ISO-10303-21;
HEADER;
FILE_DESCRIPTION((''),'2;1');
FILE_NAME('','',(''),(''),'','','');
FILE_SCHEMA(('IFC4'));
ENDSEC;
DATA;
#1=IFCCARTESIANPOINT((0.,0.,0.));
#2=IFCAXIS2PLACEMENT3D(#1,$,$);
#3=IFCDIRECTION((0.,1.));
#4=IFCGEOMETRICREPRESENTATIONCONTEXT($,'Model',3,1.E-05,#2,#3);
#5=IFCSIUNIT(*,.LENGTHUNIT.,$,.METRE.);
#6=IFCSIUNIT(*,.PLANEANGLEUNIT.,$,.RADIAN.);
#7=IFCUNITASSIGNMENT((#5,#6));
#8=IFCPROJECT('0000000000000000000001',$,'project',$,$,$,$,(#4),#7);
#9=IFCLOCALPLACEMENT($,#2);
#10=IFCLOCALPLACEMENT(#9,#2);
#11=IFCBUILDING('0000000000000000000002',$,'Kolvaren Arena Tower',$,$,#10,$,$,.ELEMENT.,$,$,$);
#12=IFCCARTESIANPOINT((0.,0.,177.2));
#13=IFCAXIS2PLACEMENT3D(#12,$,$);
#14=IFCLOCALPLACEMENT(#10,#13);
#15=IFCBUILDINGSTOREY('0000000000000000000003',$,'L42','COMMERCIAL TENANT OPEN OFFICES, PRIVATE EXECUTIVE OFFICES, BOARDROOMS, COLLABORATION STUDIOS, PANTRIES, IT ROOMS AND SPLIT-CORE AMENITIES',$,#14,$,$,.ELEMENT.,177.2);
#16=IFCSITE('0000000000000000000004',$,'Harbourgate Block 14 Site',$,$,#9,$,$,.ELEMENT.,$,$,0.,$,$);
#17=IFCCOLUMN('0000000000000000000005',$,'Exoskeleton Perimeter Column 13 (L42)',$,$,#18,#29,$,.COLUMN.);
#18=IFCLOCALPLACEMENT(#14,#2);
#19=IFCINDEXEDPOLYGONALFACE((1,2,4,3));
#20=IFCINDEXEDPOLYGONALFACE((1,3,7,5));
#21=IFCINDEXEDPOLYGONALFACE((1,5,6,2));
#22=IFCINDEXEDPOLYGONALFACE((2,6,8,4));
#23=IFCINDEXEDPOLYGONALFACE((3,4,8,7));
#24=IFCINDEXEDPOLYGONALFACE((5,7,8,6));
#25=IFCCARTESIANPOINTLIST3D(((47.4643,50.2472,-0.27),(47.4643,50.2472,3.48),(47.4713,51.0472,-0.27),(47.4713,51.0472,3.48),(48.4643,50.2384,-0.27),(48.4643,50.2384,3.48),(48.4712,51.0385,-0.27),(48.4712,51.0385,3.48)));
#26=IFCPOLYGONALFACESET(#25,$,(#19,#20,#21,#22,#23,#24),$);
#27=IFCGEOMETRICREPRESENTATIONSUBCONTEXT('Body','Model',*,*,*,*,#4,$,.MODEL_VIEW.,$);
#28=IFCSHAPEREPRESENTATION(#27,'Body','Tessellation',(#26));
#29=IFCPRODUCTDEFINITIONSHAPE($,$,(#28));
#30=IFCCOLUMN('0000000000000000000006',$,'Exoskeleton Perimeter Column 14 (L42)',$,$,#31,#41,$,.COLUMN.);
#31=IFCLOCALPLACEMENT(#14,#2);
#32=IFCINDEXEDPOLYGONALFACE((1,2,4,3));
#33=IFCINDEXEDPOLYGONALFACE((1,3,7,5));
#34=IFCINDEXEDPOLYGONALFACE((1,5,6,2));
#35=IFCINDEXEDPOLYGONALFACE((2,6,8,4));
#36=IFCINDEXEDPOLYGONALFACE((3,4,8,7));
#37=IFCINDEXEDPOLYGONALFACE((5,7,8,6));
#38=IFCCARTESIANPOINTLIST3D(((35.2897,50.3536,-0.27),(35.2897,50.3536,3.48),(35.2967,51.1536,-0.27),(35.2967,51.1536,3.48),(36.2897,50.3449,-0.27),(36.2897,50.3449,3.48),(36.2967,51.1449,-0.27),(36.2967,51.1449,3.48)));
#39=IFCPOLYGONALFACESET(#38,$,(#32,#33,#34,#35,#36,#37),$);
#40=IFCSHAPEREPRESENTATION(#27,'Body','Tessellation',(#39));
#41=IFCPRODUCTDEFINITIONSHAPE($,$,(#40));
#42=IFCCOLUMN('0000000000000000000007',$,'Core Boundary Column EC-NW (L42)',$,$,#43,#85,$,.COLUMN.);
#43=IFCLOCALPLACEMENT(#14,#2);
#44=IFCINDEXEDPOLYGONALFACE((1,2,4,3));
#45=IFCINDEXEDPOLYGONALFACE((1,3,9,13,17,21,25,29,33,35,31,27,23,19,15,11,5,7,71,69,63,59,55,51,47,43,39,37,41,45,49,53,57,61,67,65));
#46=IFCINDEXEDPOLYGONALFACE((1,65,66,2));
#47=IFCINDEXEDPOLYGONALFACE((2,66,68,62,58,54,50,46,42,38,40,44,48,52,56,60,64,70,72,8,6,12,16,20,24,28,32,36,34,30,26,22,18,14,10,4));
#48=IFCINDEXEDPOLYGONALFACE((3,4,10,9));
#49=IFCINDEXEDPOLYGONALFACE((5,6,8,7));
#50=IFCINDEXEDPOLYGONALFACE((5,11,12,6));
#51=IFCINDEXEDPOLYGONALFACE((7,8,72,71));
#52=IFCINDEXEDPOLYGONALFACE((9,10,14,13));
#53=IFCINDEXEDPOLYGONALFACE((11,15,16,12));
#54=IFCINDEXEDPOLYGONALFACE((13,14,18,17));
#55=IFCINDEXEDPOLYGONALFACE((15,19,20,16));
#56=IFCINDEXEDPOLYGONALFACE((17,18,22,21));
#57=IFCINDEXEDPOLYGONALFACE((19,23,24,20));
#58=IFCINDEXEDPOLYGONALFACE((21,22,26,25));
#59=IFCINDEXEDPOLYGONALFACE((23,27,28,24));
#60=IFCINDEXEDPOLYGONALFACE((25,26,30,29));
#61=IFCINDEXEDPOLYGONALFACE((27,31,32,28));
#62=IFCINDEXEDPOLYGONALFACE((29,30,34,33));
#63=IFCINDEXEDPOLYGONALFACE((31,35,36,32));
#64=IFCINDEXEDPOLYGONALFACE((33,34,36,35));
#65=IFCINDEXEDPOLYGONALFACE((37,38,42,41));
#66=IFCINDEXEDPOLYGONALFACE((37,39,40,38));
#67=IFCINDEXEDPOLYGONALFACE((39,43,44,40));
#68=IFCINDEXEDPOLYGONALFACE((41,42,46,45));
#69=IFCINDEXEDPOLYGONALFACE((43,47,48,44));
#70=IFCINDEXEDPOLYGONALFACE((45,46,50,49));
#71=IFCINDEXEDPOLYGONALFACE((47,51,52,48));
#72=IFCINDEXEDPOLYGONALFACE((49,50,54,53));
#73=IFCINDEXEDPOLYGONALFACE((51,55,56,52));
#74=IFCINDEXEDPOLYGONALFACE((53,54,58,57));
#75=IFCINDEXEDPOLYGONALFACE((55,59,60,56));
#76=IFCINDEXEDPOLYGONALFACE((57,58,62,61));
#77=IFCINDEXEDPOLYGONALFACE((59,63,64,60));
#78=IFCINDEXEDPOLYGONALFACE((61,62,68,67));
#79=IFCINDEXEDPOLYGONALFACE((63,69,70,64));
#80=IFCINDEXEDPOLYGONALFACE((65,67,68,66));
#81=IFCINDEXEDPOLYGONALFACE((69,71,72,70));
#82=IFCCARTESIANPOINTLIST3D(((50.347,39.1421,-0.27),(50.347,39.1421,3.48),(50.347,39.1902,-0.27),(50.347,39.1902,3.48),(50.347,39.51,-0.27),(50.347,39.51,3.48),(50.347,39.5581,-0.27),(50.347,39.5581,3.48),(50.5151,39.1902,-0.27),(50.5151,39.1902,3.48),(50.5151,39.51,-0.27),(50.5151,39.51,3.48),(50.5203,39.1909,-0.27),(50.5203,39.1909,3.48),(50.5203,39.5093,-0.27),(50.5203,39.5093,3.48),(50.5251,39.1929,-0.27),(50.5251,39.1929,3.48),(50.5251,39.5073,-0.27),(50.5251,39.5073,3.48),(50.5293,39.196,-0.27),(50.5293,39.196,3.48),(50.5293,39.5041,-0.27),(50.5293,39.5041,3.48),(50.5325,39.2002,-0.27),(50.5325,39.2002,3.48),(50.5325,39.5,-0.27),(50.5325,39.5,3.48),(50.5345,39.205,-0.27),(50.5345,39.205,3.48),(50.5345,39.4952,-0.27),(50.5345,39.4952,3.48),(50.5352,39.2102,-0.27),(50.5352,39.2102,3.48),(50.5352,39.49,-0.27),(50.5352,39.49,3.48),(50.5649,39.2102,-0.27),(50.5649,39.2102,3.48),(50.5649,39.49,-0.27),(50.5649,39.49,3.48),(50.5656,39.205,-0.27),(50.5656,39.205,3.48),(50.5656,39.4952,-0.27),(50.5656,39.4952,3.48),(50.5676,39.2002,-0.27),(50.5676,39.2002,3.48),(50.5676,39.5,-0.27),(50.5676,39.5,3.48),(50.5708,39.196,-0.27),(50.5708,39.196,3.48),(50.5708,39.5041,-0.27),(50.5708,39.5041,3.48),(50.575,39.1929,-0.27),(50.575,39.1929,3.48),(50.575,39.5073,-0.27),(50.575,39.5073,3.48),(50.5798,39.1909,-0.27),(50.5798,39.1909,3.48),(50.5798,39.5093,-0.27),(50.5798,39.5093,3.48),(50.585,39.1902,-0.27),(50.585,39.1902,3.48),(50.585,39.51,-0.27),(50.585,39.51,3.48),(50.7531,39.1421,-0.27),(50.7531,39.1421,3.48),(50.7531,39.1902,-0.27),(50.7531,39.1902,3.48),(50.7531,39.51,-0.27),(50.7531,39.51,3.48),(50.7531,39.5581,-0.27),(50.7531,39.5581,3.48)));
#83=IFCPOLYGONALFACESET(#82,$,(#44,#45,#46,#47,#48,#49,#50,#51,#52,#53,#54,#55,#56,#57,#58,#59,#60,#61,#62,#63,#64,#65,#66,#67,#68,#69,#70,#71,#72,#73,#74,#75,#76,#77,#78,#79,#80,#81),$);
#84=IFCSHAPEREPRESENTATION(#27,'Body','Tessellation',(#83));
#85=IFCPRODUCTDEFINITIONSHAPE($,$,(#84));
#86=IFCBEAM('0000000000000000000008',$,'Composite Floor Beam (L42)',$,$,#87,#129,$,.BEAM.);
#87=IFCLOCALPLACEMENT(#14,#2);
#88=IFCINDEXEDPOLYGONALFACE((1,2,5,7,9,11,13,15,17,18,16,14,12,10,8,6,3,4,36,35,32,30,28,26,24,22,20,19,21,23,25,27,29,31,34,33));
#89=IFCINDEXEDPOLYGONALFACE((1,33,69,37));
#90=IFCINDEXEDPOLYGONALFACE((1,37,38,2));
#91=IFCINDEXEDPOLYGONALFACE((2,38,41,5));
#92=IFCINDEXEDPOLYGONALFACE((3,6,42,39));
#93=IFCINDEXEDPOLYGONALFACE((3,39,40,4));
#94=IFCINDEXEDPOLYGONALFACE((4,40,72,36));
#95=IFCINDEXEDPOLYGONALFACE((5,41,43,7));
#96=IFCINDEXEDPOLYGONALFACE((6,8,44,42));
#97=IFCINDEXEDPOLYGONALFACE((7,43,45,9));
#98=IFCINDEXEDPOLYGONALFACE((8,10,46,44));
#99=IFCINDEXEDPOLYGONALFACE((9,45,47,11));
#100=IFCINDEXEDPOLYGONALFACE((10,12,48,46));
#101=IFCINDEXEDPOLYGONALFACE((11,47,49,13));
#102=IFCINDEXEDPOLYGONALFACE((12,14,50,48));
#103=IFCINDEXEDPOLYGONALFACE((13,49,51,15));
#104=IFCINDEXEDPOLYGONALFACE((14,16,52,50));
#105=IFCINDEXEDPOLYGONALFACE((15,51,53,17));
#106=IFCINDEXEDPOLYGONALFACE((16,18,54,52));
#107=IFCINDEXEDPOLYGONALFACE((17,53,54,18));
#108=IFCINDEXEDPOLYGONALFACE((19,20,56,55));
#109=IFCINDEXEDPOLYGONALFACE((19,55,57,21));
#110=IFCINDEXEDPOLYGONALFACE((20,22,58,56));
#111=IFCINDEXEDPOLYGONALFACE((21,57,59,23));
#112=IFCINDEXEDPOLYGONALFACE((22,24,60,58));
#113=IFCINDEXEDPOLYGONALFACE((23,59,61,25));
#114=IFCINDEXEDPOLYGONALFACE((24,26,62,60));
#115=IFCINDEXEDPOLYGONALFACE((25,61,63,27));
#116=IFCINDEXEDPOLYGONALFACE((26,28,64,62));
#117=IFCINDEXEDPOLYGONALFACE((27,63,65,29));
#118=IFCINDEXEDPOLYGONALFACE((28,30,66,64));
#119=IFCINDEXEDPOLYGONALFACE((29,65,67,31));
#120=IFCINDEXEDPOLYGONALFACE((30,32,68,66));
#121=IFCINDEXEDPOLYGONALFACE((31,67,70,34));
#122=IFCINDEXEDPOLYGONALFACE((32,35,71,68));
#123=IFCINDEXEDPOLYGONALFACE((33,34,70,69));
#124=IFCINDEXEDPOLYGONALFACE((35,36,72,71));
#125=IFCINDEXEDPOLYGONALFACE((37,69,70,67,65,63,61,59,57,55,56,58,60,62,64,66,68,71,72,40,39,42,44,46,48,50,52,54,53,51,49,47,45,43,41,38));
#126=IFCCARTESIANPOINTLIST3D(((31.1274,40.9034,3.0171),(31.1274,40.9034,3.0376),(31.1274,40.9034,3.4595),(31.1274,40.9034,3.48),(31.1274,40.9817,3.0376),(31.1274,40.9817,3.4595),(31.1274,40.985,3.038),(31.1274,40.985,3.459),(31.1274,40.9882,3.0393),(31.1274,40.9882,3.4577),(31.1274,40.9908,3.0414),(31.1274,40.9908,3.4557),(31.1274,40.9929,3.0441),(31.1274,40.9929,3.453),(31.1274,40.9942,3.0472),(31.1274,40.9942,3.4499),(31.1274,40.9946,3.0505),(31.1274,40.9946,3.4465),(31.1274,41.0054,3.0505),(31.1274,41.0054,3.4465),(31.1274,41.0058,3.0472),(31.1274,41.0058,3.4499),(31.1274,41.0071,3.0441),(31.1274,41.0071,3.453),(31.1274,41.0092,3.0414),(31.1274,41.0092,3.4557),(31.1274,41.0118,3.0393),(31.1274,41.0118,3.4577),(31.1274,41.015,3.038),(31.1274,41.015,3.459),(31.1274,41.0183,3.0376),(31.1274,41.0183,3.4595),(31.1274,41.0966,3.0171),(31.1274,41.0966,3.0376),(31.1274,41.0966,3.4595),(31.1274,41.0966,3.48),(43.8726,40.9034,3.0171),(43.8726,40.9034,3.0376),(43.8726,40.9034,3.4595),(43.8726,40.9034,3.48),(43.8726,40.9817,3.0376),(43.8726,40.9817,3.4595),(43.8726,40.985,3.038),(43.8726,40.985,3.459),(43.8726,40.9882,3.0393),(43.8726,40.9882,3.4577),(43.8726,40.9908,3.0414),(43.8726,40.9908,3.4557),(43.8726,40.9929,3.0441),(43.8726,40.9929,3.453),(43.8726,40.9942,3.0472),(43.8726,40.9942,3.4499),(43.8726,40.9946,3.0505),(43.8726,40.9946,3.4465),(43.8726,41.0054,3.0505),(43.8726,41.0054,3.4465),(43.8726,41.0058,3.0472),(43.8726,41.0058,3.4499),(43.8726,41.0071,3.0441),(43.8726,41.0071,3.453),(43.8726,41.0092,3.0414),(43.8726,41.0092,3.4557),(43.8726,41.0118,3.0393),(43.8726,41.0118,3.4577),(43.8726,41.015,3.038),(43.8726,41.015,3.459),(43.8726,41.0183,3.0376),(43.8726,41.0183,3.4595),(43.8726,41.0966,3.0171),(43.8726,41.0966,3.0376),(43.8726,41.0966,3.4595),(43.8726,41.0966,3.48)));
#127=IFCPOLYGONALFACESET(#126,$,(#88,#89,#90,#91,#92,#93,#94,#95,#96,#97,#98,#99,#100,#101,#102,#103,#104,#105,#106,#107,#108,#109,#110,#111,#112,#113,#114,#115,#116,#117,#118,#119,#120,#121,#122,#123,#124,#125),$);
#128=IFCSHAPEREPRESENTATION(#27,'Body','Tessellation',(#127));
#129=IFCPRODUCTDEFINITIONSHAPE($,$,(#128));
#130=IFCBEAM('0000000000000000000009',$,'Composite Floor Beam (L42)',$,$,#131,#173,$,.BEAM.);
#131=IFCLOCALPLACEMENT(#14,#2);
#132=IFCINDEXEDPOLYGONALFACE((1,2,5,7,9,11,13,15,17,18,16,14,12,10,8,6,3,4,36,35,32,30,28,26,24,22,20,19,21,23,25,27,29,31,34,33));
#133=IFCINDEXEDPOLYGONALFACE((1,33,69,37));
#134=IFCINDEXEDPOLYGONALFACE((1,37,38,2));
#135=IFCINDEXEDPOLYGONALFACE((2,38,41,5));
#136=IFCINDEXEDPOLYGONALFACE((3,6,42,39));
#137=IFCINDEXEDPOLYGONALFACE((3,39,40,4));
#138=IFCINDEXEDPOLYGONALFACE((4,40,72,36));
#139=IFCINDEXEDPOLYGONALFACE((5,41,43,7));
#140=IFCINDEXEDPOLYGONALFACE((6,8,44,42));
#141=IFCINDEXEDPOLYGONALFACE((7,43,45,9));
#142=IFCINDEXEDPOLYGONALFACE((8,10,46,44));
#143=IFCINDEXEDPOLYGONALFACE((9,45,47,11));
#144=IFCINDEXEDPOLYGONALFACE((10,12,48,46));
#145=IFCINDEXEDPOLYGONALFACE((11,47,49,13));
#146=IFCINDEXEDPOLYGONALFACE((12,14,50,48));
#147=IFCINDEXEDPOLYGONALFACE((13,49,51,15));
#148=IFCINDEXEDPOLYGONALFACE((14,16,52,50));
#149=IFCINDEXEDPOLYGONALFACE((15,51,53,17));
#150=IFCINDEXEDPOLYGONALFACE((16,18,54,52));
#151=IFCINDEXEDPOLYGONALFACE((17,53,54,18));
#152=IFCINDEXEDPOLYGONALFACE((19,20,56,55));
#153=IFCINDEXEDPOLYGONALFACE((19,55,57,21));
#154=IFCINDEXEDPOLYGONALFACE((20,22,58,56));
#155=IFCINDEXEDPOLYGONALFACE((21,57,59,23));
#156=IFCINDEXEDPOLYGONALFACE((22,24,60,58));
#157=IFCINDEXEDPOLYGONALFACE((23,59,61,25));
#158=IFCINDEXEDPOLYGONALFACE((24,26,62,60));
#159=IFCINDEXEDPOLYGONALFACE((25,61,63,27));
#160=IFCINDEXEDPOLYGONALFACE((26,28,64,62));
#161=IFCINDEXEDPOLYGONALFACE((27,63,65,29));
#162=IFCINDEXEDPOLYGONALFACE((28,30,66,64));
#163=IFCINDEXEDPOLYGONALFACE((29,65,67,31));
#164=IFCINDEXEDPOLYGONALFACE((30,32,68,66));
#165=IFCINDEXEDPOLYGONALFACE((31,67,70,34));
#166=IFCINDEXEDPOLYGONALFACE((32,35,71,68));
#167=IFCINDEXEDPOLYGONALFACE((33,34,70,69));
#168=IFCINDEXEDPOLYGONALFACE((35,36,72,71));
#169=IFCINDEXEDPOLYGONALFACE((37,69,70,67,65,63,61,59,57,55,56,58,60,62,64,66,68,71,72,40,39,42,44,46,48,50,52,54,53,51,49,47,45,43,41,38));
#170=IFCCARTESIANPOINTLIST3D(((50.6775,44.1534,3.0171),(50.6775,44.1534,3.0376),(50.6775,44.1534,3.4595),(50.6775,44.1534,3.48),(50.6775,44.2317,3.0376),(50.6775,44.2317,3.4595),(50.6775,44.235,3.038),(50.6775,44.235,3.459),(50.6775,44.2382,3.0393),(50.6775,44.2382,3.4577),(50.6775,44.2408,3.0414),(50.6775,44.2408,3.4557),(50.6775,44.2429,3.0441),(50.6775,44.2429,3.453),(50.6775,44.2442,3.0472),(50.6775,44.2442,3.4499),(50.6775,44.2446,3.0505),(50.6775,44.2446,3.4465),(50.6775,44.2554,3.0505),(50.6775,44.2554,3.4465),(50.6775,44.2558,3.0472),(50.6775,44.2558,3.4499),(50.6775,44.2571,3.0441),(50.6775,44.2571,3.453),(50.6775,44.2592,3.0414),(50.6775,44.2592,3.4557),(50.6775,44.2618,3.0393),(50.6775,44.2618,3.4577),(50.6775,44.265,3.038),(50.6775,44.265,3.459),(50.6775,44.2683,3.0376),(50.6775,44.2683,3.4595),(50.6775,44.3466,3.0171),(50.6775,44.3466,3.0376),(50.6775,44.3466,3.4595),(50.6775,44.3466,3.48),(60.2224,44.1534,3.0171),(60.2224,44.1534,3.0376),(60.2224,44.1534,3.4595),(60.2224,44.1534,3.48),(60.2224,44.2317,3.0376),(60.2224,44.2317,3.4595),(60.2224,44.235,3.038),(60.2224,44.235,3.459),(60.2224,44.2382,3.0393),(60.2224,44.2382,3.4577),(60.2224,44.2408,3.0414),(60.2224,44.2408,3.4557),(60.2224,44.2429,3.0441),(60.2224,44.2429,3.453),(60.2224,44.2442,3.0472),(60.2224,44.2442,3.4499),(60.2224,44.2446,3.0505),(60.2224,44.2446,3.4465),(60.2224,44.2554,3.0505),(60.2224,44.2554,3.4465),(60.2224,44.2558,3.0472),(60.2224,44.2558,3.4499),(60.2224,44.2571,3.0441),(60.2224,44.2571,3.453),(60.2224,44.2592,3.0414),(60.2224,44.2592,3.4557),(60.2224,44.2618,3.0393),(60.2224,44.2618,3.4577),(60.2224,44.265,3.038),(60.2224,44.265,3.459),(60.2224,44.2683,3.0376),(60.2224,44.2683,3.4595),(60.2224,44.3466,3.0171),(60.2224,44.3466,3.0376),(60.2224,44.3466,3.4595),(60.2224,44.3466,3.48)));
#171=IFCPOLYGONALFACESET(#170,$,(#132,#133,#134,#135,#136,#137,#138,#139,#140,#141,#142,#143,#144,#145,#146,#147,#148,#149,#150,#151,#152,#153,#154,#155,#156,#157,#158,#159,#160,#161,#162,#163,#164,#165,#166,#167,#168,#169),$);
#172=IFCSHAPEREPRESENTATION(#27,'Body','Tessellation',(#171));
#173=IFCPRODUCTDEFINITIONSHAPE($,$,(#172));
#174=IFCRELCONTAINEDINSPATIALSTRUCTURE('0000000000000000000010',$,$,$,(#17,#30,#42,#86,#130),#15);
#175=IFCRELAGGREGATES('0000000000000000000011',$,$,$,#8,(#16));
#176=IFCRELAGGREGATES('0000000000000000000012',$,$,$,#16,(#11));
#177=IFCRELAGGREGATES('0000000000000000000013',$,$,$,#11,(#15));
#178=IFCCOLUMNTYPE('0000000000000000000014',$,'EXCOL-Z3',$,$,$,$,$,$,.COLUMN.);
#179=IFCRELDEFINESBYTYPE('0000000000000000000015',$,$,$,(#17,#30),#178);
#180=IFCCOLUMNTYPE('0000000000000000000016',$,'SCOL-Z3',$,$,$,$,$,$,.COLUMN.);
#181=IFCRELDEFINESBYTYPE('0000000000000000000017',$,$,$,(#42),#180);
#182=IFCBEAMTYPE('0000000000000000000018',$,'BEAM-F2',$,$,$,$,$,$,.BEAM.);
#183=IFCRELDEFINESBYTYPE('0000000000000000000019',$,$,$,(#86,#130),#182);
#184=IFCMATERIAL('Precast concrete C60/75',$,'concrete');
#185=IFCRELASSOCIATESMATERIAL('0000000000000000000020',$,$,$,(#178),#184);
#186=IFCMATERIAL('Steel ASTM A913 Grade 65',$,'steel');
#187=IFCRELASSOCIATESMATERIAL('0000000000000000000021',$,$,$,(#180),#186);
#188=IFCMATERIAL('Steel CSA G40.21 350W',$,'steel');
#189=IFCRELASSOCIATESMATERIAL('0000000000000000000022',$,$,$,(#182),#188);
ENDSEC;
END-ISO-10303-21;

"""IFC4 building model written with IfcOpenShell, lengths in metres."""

from ifc_helpers import new_model, si_unit, direction, frame, origin, origin_2d, place, context, subcontext, project, spatial, rectangle, i_section, extrude, material, material_profile, profile_set, type_object, element, save


model = new_model("IFC4")

# Units and contexts
model_context = context("Model", 3, precision=1e-05, world=origin(), true_north=direction((0.0, 1.0)))
body_context = subcontext(model_context, "Body", "Model", "MODEL_VIEW")
ifc_project = project(units=[si_unit("LENGTHUNIT", "METRE"), si_unit("PLANEANGLEUNIT", "RADIAN")], contexts=[model_context])

# Site, building, storey
site_placement = place(None, origin())
site = spatial("IfcSite", under=ifc_project, at=site_placement, Name="Harbourgate Block 14 Site", CompositionType="ELEMENT", RefElevation=0.0)
building_placement = place(site_placement, origin())
building = spatial("IfcBuilding", under=site, at=building_placement, Name="Kolvaren Arena Tower", CompositionType="ELEMENT")
storey_placement = place(building_placement, frame((0.0, 0.0, 177.2)))
storey = spatial("IfcBuildingStorey", under=building, at=storey_placement, Name="L42", Description="COMMERCIAL TENANT OPEN OFFICES, PRIVATE EXECUTIVE OFFICES, BOARDROOMS, COLLABORATION STUDIOS, PANTRIES, IT ROOMS AND SPLIT-CORE AMENITIES", CompositionType="ELEMENT", Elevation=177.2)

# Columns
ifc_material_1 = material(Name="Precast concrete C60/75", Category="concrete")
ifc_material_profile_1 = material_profile(ifc_material_1, rectangle(XDim=1.0, YDim=0.8, at=origin_2d()), Name="RC-1000x800")
ifc_profile_set_1 = profile_set([ifc_material_profile_1], Name="Precast concrete C60/75")
column_type_1 = type_object("IfcColumnType", Name="EXCOL-Z3", PredefinedType="COLUMN", material=ifc_profile_set_1)
for number, where, z_axis, x_axis, name in (
    (1, (47.9678, 50.6428, -0.27), (0.0, 0.0, 1.0), (0.999962, -0.008727, 0.0), "Exoskeleton Perimeter Column 13 (L42)"),
    (2, (35.7932, 50.7493, -0.27), (0.0, 0.0, 1.0), (0.999962, -0.008727, 0.0), "Exoskeleton Perimeter Column 14 (L42)"),
):
    element("IfcColumn", number, at=place(storey_placement, frame(where, z_axis=z_axis, x_axis=x_axis)), inside=storey, type_object=column_type_1, Name=name, PredefinedType="COLUMN", context=body_context, shape_type="SweptSolid", body=[
        extrude(rectangle(XDim=1.0, YDim=0.8, at=origin_2d()), origin(), (0.0, 0.0, 1.0), 3.75),
    ])
ifc_material_2 = material(Name="Steel ASTM A913 Grade 65", Category="steel")
ifc_material_profile_2 = material_profile(ifc_material_2, i_section(OverallWidth=0.406, OverallDepth=0.416, WebThickness=0.0298, FlangeThickness=0.0481, FilletRadius=0.02, at=origin_2d()), Name="W360x382")
ifc_profile_set_2 = profile_set([ifc_material_profile_2], Name="Steel ASTM A913 Grade 65")
column_type_2 = type_object("IfcColumnType", Name="SCOL-Z3", PredefinedType="COLUMN", material=ifc_profile_set_2)
column_placement = place(storey_placement, frame((50.55, 39.3501, -0.27), z_axis=(0.0, 0.0, 1.0), x_axis=(1.0, 0.0, 0.0)))
element("IfcColumn", 3, at=column_placement, inside=storey, type_object=column_type_2, Name="Core Boundary Column EC-NW (L42)", PredefinedType="COLUMN", context=body_context, shape_type="SweptSolid", body=[
    extrude(i_section(OverallWidth=0.406, OverallDepth=0.416, WebThickness=0.0298, FlangeThickness=0.0481, FilletRadius=0.02, at=origin_2d()), origin(), (0.0, 0.0, 1.0), 3.75),
])

# Beams
ifc_material_3 = material(Name="Steel CSA G40.21 350W", Category="steel")
ifc_material_profile_3 = material_profile(ifc_material_3, i_section(OverallWidth=0.1931, OverallDepth=0.4629, WebThickness=0.0107, FlangeThickness=0.0205, FilletRadius=0.0129, at=origin_2d()), Name="W460x113")
ifc_profile_set_3 = profile_set([ifc_material_profile_3], Name="Steel CSA G40.21 350W")
beam_type_1 = type_object("IfcBeamType", Name="BEAM-F2", PredefinedType="BEAM", material=ifc_profile_set_3)
beam_1_placement = place(storey_placement, frame((31.1274, 41.0, 3.2485), z_axis=(1.0, 0.0, 0.0), x_axis=(0.0, 1.0, 0.0)))
element("IfcBeam", 4, at=beam_1_placement, inside=storey, type_object=beam_type_1, Name="Composite Floor Beam (L42)", PredefinedType="BEAM", context=body_context, shape_type="SweptSolid", body=[
    extrude(i_section(OverallWidth=0.1931, OverallDepth=0.4629, WebThickness=0.0107, FlangeThickness=0.0205, FilletRadius=0.0129, at=origin_2d()), origin(), (0.0, 0.0, 1.0), 12.7451),
])
beam_2_placement = place(storey_placement, frame((50.6775, 44.25, 3.2485), z_axis=(1.0, 0.0, 0.0), x_axis=(0.0, 1.0, 0.0)))
element("IfcBeam", 5, at=beam_2_placement, inside=storey, type_object=beam_type_1, Name="Composite Floor Beam (L42)", PredefinedType="BEAM", context=body_context, shape_type="SweptSolid", body=[
    extrude(i_section(OverallWidth=0.1931, OverallDepth=0.4629, WebThickness=0.0107, FlangeThickness=0.0205, FilletRadius=0.0129, at=origin_2d()), origin(), (0.0, 0.0, 1.0), 9.5449),
])

save(model, "model.ifc")
